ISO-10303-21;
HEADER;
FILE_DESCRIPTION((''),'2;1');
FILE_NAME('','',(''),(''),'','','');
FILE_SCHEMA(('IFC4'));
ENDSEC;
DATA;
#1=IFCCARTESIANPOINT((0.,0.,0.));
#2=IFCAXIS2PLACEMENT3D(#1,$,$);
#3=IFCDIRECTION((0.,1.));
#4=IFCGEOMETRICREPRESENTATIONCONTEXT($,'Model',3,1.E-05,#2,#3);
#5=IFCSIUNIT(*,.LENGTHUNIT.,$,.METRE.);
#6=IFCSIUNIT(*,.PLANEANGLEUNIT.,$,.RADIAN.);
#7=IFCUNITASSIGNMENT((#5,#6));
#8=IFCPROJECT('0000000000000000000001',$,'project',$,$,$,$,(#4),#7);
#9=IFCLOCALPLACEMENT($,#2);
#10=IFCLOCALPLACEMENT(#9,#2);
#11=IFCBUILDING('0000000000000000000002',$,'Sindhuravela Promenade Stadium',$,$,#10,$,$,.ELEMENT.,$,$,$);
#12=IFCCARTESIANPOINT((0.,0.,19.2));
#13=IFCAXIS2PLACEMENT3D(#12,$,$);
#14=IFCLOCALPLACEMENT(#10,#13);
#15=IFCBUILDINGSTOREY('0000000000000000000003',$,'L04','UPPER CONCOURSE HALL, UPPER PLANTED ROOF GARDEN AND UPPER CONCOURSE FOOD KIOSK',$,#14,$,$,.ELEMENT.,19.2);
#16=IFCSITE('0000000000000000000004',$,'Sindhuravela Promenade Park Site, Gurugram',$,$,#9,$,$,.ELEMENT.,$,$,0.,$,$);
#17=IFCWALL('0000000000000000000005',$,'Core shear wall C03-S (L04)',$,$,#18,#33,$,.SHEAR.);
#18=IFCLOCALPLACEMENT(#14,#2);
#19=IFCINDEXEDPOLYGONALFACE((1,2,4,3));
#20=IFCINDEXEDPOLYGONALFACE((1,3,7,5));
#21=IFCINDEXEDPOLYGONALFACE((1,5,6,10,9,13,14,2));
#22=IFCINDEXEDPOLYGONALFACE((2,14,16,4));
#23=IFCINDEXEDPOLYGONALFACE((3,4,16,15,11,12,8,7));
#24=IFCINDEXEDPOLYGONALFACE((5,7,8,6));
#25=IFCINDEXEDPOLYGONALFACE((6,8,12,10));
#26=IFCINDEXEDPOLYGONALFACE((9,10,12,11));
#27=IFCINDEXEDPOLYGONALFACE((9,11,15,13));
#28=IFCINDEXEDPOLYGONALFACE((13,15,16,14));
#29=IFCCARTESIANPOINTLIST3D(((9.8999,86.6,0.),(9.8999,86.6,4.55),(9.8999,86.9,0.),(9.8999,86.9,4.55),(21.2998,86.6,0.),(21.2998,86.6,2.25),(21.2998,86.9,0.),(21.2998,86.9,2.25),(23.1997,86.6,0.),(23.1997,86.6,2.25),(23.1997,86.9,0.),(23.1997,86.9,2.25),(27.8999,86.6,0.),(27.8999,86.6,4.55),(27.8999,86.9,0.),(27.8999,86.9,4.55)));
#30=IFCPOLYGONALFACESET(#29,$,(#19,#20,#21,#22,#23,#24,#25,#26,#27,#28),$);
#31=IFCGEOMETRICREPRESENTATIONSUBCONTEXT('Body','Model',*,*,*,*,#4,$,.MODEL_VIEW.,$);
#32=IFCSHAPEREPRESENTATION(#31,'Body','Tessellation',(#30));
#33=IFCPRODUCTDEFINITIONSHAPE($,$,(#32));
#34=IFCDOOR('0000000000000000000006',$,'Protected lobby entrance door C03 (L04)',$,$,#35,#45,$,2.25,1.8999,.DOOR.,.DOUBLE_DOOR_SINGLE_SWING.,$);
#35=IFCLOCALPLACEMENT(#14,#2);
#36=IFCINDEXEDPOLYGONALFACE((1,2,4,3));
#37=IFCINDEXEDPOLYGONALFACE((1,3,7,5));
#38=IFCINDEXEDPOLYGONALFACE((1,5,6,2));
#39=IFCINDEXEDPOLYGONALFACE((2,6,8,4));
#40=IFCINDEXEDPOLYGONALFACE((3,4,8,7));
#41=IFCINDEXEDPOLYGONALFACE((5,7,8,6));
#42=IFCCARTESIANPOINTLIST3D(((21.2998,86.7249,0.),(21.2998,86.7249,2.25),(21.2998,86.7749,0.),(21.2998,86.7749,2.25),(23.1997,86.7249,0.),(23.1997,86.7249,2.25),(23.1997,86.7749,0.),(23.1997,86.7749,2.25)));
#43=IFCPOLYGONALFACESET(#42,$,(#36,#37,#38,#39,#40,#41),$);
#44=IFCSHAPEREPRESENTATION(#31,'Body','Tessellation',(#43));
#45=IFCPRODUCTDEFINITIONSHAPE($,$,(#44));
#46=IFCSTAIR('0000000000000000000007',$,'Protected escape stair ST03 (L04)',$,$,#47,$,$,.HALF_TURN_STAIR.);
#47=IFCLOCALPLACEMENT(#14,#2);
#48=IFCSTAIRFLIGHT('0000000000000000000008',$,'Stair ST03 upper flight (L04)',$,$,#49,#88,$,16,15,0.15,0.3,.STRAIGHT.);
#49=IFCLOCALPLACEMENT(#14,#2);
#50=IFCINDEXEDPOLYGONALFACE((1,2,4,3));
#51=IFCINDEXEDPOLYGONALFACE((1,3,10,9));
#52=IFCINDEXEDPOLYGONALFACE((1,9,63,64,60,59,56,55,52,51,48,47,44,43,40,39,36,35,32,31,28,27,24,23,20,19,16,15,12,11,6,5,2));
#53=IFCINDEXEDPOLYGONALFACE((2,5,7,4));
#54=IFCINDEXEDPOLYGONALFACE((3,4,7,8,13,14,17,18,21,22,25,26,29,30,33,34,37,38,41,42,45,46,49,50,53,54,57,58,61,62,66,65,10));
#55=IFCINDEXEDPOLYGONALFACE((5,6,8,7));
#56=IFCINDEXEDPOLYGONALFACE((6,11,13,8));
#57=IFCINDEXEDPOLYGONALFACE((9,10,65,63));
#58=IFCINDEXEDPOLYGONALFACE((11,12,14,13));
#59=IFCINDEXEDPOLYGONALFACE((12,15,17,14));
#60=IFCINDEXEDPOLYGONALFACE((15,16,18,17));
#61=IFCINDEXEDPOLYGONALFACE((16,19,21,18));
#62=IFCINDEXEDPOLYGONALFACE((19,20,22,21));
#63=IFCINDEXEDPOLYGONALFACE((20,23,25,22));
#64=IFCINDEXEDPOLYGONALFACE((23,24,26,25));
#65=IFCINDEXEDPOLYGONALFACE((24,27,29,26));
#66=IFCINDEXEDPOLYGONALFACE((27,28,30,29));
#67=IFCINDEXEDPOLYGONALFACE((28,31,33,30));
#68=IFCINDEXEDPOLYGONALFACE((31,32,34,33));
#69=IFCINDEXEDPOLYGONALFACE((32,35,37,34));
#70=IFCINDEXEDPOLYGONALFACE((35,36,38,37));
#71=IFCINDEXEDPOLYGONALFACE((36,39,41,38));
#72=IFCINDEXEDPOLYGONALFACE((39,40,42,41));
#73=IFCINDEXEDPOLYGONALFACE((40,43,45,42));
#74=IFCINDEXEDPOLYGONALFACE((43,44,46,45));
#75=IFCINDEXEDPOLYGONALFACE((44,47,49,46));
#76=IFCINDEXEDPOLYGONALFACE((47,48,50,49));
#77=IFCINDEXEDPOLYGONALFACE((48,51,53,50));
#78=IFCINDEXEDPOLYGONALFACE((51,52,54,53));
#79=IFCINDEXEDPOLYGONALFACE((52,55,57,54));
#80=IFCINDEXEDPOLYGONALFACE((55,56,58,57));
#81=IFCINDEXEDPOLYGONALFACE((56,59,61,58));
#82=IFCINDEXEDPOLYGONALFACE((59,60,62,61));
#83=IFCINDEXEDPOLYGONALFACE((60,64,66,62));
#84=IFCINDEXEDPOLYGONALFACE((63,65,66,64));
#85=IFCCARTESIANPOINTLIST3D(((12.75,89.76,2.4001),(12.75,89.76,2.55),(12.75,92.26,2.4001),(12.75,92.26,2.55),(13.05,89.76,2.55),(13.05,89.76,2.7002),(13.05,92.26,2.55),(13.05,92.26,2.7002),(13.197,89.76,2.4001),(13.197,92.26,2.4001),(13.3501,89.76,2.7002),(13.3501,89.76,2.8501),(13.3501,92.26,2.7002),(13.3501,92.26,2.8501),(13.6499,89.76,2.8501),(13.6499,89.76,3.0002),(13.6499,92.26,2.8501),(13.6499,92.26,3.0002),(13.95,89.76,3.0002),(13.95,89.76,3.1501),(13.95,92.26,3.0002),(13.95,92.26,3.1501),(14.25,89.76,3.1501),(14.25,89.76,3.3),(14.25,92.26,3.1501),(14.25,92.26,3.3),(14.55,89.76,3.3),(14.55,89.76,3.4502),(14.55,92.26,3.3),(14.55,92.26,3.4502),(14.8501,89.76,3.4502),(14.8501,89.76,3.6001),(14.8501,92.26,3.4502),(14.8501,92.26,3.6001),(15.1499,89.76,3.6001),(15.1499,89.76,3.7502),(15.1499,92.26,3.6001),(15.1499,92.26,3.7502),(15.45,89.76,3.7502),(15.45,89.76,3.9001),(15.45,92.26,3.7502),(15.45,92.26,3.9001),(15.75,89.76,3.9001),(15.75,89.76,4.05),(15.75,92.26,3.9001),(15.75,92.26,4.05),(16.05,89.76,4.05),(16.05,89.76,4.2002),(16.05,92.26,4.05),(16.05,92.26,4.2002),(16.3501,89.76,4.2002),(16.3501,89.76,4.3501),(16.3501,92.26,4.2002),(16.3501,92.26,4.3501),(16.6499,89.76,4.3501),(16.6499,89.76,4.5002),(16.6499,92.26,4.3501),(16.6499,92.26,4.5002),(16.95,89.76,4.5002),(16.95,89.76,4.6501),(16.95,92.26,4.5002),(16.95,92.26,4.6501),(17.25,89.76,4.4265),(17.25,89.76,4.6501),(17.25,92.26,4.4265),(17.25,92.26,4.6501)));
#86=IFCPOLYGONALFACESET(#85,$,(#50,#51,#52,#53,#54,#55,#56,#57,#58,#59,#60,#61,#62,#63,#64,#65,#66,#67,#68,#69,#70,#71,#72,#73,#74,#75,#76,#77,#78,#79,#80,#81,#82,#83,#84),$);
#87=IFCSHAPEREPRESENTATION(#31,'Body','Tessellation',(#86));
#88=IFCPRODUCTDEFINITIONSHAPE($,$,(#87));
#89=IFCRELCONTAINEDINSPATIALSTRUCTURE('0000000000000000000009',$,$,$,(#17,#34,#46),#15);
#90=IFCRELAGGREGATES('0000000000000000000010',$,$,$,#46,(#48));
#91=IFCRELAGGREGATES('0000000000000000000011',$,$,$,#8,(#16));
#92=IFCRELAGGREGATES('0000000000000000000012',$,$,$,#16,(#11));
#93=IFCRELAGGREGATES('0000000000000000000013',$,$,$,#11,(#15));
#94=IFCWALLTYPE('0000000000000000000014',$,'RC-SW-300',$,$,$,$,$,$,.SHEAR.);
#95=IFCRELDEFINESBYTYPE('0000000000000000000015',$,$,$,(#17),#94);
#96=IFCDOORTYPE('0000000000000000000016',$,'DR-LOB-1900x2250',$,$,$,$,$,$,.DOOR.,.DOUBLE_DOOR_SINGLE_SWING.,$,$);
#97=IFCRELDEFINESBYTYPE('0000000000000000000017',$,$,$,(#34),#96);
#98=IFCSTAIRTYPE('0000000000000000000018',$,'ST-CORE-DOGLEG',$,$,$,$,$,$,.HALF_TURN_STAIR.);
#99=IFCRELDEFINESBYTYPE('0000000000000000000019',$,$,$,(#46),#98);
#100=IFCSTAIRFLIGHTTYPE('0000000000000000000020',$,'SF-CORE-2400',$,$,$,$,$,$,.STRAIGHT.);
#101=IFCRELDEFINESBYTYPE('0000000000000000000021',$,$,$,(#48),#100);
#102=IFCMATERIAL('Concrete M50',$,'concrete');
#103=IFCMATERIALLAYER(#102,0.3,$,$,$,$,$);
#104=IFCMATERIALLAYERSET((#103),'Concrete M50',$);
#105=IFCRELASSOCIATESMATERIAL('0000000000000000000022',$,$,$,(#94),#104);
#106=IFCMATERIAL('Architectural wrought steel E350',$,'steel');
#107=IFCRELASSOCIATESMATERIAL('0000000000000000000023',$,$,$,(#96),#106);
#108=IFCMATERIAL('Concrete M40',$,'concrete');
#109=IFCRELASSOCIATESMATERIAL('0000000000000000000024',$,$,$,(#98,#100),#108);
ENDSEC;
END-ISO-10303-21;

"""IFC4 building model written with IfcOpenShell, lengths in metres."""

from ifc_helpers import new_model, si_unit, direction, frame, frame_2d, origin, place, context, subcontext, project, spatial, polyline, rectangle, outline, extrude, material, layer, layer_set, type_object, element, fill, aggregate, save


model = new_model("IFC4")

# Units and contexts
model_context = context("Model", 3, precision=1e-05, world=origin(), true_north=direction((0.0, 1.0)))
body_context = subcontext(model_context, "Body", "Model", "MODEL_VIEW")
ifc_project = project(units=[si_unit("LENGTHUNIT", "METRE"), si_unit("PLANEANGLEUNIT", "RADIAN")], contexts=[model_context])

# Site, building, storey
site_placement = place(None, origin())
site = spatial("IfcSite", under=ifc_project, at=site_placement, Name="Sindhuravela Promenade Park Site, Gurugram", CompositionType="ELEMENT", RefElevation=0.0)
building_placement = place(site_placement, origin())
building = spatial("IfcBuilding", under=site, at=building_placement, Name="Sindhuravela Promenade Stadium", CompositionType="ELEMENT")
storey_placement = place(building_placement, frame((0.0, 0.0, 19.2)))
storey = spatial("IfcBuildingStorey", under=building, at=storey_placement, Name="L04", Description="UPPER CONCOURSE HALL, UPPER PLANTED ROOF GARDEN AND UPPER CONCOURSE FOOD KIOSK", CompositionType="ELEMENT", Elevation=19.2)

# Shared definitions
ifc_material_1 = material(Name="Concrete M40", Category="concrete")

# Wall, opening, door
ifc_material_2 = material(Name="Concrete M50", Category="concrete")
ifc_layer_1 = layer(ifc_material_2, 0.3)
ifc_layer_set_1 = layer_set([ifc_layer_1], Name="Concrete M50")
wall_type_1 = type_object("IfcWallType", Name="RC-SW-300", PredefinedType="SHEAR", material=ifc_layer_set_1)
wall_1_placement = place(storey_placement, frame((9.8999, 86.75, 0.0), z_axis=(0.0, 0.0, 1.0), x_axis=(1.0, 0.0, 0.0)))
wall_1 = element("IfcWall", 1, at=wall_1_placement, inside=storey, type_object=wall_type_1, Name="Core shear wall C03-S (L04)", PredefinedType="SHEAR", context=body_context, shape_type="SweptSolid", body=[
    extrude(rectangle(XDim=18.0, YDim=0.3, at=frame_2d((9.0, 0.0))), origin(), (0.0, 0.0, 1.0), 4.55),
])
opening_1_placement = place(wall_1_placement, frame((11.3999, 0.0, 0.0)))
opening_1 = element("IfcOpeningElement", 2, at=opening_1_placement, cuts=wall_1, PredefinedType="OPENING", context=body_context, shape_type="SweptSolid", body=[
    extrude(rectangle(XDim=1.8999, YDim=2.25, at=frame_2d((0.95, 1.125))), frame((0.0, 0.1599, 0.0), z_axis=(0.0, -1.0, 0.0), x_axis=(1.0, 0.0, 0.0)), (0.0, 0.0, 1.0), 0.3201),
])
ifc_material_3 = material(Name="Architectural wrought steel E350", Category="steel")
door_type_1 = type_object("IfcDoorType", Name="DR-LOB-1900x2250", OperationType="DOUBLE_DOOR_SINGLE_SWING", PredefinedType="DOOR", material=ifc_material_3)
door_1_placement = place(opening_1_placement, origin())
door_1 = element("IfcDoor", 3, at=door_1_placement, inside=storey, type_object=door_type_1, Name="Protected lobby entrance door C03 (L04)", OperationType="DOUBLE_DOOR_SINGLE_SWING", OverallHeight=2.25, OverallWidth=1.8999, PredefinedType="DOOR", context=body_context, shape_type="SweptSolid", body=[
    extrude(rectangle(XDim=1.8999, YDim=2.25, at=frame_2d((0.95, 1.125))), frame((0.0, 0.0249, 0.0), z_axis=(0.0, -1.0, 0.0), x_axis=(1.0, 0.0, 0.0)), (0.0, 0.0, 1.0), 0.05),
])
fill(opening_1, door_1)

# Stair, stair flight
stair_type = type_object("IfcStairType", Name="ST-CORE-DOGLEG", PredefinedType="HALF_TURN_STAIR", material=ifc_material_1)
stair_placement = place(storey_placement, origin())
stair = element("IfcStair", 4, at=stair_placement, inside=storey, type_object=stair_type, Name="Protected escape stair ST03 (L04)", PredefinedType="HALF_TURN_STAIR")
stair_flight_type = type_object("IfcStairFlightType", Name="SF-CORE-2400", PredefinedType="STRAIGHT", material=ifc_material_1)
stair_flight_placement = place(storey_placement, frame((12.75, 91.01, 2.4001), z_axis=(0.0, 0.0, 1.0), x_axis=(1.0, 0.0, 0.0)))
stair_flight = element("IfcStairFlight", 5, at=stair_flight_placement, type_object=stair_flight_type, Name="Stair ST03 upper flight (L04)", NumberOfRisers=16, NumberOfTreads=15, PredefinedType="STRAIGHT", RiserHeight=0.15, TreadLength=0.3, context=body_context, shape_type="SweptSolid", body=[
    extrude(outline(polyline([(0.0, 0.0), (0.0, 0.1499), (0.3, 0.1499), (0.3, 0.3), (0.6001, 0.3), (0.6001, 0.45), (0.8999, 0.45), (0.8999, 0.6001), (1.2, 0.6001), (1.2, 0.75), (1.5, 0.75), (1.5, 0.8999), (1.8, 0.8999), (1.8, 1.05), (2.1001, 1.05), (2.1001, 1.2), (2.3999, 1.2), (2.3999, 1.3501), (2.7, 1.3501), (2.7, 1.5), (3.0, 1.5), (3.0, 1.6499), (3.3, 1.6499), (3.3, 1.8), (3.6001, 1.8), (3.6001, 1.95), (3.8999, 1.95), (3.8999, 2.1001), (4.2, 2.1001), (4.2, 2.25), (4.5, 2.25), (4.5, 2.3999), (4.5, 2.0264), (0.447, 0.0), (0.0, 0.0)])), frame((0.0, 1.25, 0.0), z_axis=(0.0, -1.0, 0.0), x_axis=(1.0, 0.0, 0.0)), (0.0, 0.0, 1.0), 2.5),
])
aggregate(stair, [stair_flight])

save(model, "model.ifc")
